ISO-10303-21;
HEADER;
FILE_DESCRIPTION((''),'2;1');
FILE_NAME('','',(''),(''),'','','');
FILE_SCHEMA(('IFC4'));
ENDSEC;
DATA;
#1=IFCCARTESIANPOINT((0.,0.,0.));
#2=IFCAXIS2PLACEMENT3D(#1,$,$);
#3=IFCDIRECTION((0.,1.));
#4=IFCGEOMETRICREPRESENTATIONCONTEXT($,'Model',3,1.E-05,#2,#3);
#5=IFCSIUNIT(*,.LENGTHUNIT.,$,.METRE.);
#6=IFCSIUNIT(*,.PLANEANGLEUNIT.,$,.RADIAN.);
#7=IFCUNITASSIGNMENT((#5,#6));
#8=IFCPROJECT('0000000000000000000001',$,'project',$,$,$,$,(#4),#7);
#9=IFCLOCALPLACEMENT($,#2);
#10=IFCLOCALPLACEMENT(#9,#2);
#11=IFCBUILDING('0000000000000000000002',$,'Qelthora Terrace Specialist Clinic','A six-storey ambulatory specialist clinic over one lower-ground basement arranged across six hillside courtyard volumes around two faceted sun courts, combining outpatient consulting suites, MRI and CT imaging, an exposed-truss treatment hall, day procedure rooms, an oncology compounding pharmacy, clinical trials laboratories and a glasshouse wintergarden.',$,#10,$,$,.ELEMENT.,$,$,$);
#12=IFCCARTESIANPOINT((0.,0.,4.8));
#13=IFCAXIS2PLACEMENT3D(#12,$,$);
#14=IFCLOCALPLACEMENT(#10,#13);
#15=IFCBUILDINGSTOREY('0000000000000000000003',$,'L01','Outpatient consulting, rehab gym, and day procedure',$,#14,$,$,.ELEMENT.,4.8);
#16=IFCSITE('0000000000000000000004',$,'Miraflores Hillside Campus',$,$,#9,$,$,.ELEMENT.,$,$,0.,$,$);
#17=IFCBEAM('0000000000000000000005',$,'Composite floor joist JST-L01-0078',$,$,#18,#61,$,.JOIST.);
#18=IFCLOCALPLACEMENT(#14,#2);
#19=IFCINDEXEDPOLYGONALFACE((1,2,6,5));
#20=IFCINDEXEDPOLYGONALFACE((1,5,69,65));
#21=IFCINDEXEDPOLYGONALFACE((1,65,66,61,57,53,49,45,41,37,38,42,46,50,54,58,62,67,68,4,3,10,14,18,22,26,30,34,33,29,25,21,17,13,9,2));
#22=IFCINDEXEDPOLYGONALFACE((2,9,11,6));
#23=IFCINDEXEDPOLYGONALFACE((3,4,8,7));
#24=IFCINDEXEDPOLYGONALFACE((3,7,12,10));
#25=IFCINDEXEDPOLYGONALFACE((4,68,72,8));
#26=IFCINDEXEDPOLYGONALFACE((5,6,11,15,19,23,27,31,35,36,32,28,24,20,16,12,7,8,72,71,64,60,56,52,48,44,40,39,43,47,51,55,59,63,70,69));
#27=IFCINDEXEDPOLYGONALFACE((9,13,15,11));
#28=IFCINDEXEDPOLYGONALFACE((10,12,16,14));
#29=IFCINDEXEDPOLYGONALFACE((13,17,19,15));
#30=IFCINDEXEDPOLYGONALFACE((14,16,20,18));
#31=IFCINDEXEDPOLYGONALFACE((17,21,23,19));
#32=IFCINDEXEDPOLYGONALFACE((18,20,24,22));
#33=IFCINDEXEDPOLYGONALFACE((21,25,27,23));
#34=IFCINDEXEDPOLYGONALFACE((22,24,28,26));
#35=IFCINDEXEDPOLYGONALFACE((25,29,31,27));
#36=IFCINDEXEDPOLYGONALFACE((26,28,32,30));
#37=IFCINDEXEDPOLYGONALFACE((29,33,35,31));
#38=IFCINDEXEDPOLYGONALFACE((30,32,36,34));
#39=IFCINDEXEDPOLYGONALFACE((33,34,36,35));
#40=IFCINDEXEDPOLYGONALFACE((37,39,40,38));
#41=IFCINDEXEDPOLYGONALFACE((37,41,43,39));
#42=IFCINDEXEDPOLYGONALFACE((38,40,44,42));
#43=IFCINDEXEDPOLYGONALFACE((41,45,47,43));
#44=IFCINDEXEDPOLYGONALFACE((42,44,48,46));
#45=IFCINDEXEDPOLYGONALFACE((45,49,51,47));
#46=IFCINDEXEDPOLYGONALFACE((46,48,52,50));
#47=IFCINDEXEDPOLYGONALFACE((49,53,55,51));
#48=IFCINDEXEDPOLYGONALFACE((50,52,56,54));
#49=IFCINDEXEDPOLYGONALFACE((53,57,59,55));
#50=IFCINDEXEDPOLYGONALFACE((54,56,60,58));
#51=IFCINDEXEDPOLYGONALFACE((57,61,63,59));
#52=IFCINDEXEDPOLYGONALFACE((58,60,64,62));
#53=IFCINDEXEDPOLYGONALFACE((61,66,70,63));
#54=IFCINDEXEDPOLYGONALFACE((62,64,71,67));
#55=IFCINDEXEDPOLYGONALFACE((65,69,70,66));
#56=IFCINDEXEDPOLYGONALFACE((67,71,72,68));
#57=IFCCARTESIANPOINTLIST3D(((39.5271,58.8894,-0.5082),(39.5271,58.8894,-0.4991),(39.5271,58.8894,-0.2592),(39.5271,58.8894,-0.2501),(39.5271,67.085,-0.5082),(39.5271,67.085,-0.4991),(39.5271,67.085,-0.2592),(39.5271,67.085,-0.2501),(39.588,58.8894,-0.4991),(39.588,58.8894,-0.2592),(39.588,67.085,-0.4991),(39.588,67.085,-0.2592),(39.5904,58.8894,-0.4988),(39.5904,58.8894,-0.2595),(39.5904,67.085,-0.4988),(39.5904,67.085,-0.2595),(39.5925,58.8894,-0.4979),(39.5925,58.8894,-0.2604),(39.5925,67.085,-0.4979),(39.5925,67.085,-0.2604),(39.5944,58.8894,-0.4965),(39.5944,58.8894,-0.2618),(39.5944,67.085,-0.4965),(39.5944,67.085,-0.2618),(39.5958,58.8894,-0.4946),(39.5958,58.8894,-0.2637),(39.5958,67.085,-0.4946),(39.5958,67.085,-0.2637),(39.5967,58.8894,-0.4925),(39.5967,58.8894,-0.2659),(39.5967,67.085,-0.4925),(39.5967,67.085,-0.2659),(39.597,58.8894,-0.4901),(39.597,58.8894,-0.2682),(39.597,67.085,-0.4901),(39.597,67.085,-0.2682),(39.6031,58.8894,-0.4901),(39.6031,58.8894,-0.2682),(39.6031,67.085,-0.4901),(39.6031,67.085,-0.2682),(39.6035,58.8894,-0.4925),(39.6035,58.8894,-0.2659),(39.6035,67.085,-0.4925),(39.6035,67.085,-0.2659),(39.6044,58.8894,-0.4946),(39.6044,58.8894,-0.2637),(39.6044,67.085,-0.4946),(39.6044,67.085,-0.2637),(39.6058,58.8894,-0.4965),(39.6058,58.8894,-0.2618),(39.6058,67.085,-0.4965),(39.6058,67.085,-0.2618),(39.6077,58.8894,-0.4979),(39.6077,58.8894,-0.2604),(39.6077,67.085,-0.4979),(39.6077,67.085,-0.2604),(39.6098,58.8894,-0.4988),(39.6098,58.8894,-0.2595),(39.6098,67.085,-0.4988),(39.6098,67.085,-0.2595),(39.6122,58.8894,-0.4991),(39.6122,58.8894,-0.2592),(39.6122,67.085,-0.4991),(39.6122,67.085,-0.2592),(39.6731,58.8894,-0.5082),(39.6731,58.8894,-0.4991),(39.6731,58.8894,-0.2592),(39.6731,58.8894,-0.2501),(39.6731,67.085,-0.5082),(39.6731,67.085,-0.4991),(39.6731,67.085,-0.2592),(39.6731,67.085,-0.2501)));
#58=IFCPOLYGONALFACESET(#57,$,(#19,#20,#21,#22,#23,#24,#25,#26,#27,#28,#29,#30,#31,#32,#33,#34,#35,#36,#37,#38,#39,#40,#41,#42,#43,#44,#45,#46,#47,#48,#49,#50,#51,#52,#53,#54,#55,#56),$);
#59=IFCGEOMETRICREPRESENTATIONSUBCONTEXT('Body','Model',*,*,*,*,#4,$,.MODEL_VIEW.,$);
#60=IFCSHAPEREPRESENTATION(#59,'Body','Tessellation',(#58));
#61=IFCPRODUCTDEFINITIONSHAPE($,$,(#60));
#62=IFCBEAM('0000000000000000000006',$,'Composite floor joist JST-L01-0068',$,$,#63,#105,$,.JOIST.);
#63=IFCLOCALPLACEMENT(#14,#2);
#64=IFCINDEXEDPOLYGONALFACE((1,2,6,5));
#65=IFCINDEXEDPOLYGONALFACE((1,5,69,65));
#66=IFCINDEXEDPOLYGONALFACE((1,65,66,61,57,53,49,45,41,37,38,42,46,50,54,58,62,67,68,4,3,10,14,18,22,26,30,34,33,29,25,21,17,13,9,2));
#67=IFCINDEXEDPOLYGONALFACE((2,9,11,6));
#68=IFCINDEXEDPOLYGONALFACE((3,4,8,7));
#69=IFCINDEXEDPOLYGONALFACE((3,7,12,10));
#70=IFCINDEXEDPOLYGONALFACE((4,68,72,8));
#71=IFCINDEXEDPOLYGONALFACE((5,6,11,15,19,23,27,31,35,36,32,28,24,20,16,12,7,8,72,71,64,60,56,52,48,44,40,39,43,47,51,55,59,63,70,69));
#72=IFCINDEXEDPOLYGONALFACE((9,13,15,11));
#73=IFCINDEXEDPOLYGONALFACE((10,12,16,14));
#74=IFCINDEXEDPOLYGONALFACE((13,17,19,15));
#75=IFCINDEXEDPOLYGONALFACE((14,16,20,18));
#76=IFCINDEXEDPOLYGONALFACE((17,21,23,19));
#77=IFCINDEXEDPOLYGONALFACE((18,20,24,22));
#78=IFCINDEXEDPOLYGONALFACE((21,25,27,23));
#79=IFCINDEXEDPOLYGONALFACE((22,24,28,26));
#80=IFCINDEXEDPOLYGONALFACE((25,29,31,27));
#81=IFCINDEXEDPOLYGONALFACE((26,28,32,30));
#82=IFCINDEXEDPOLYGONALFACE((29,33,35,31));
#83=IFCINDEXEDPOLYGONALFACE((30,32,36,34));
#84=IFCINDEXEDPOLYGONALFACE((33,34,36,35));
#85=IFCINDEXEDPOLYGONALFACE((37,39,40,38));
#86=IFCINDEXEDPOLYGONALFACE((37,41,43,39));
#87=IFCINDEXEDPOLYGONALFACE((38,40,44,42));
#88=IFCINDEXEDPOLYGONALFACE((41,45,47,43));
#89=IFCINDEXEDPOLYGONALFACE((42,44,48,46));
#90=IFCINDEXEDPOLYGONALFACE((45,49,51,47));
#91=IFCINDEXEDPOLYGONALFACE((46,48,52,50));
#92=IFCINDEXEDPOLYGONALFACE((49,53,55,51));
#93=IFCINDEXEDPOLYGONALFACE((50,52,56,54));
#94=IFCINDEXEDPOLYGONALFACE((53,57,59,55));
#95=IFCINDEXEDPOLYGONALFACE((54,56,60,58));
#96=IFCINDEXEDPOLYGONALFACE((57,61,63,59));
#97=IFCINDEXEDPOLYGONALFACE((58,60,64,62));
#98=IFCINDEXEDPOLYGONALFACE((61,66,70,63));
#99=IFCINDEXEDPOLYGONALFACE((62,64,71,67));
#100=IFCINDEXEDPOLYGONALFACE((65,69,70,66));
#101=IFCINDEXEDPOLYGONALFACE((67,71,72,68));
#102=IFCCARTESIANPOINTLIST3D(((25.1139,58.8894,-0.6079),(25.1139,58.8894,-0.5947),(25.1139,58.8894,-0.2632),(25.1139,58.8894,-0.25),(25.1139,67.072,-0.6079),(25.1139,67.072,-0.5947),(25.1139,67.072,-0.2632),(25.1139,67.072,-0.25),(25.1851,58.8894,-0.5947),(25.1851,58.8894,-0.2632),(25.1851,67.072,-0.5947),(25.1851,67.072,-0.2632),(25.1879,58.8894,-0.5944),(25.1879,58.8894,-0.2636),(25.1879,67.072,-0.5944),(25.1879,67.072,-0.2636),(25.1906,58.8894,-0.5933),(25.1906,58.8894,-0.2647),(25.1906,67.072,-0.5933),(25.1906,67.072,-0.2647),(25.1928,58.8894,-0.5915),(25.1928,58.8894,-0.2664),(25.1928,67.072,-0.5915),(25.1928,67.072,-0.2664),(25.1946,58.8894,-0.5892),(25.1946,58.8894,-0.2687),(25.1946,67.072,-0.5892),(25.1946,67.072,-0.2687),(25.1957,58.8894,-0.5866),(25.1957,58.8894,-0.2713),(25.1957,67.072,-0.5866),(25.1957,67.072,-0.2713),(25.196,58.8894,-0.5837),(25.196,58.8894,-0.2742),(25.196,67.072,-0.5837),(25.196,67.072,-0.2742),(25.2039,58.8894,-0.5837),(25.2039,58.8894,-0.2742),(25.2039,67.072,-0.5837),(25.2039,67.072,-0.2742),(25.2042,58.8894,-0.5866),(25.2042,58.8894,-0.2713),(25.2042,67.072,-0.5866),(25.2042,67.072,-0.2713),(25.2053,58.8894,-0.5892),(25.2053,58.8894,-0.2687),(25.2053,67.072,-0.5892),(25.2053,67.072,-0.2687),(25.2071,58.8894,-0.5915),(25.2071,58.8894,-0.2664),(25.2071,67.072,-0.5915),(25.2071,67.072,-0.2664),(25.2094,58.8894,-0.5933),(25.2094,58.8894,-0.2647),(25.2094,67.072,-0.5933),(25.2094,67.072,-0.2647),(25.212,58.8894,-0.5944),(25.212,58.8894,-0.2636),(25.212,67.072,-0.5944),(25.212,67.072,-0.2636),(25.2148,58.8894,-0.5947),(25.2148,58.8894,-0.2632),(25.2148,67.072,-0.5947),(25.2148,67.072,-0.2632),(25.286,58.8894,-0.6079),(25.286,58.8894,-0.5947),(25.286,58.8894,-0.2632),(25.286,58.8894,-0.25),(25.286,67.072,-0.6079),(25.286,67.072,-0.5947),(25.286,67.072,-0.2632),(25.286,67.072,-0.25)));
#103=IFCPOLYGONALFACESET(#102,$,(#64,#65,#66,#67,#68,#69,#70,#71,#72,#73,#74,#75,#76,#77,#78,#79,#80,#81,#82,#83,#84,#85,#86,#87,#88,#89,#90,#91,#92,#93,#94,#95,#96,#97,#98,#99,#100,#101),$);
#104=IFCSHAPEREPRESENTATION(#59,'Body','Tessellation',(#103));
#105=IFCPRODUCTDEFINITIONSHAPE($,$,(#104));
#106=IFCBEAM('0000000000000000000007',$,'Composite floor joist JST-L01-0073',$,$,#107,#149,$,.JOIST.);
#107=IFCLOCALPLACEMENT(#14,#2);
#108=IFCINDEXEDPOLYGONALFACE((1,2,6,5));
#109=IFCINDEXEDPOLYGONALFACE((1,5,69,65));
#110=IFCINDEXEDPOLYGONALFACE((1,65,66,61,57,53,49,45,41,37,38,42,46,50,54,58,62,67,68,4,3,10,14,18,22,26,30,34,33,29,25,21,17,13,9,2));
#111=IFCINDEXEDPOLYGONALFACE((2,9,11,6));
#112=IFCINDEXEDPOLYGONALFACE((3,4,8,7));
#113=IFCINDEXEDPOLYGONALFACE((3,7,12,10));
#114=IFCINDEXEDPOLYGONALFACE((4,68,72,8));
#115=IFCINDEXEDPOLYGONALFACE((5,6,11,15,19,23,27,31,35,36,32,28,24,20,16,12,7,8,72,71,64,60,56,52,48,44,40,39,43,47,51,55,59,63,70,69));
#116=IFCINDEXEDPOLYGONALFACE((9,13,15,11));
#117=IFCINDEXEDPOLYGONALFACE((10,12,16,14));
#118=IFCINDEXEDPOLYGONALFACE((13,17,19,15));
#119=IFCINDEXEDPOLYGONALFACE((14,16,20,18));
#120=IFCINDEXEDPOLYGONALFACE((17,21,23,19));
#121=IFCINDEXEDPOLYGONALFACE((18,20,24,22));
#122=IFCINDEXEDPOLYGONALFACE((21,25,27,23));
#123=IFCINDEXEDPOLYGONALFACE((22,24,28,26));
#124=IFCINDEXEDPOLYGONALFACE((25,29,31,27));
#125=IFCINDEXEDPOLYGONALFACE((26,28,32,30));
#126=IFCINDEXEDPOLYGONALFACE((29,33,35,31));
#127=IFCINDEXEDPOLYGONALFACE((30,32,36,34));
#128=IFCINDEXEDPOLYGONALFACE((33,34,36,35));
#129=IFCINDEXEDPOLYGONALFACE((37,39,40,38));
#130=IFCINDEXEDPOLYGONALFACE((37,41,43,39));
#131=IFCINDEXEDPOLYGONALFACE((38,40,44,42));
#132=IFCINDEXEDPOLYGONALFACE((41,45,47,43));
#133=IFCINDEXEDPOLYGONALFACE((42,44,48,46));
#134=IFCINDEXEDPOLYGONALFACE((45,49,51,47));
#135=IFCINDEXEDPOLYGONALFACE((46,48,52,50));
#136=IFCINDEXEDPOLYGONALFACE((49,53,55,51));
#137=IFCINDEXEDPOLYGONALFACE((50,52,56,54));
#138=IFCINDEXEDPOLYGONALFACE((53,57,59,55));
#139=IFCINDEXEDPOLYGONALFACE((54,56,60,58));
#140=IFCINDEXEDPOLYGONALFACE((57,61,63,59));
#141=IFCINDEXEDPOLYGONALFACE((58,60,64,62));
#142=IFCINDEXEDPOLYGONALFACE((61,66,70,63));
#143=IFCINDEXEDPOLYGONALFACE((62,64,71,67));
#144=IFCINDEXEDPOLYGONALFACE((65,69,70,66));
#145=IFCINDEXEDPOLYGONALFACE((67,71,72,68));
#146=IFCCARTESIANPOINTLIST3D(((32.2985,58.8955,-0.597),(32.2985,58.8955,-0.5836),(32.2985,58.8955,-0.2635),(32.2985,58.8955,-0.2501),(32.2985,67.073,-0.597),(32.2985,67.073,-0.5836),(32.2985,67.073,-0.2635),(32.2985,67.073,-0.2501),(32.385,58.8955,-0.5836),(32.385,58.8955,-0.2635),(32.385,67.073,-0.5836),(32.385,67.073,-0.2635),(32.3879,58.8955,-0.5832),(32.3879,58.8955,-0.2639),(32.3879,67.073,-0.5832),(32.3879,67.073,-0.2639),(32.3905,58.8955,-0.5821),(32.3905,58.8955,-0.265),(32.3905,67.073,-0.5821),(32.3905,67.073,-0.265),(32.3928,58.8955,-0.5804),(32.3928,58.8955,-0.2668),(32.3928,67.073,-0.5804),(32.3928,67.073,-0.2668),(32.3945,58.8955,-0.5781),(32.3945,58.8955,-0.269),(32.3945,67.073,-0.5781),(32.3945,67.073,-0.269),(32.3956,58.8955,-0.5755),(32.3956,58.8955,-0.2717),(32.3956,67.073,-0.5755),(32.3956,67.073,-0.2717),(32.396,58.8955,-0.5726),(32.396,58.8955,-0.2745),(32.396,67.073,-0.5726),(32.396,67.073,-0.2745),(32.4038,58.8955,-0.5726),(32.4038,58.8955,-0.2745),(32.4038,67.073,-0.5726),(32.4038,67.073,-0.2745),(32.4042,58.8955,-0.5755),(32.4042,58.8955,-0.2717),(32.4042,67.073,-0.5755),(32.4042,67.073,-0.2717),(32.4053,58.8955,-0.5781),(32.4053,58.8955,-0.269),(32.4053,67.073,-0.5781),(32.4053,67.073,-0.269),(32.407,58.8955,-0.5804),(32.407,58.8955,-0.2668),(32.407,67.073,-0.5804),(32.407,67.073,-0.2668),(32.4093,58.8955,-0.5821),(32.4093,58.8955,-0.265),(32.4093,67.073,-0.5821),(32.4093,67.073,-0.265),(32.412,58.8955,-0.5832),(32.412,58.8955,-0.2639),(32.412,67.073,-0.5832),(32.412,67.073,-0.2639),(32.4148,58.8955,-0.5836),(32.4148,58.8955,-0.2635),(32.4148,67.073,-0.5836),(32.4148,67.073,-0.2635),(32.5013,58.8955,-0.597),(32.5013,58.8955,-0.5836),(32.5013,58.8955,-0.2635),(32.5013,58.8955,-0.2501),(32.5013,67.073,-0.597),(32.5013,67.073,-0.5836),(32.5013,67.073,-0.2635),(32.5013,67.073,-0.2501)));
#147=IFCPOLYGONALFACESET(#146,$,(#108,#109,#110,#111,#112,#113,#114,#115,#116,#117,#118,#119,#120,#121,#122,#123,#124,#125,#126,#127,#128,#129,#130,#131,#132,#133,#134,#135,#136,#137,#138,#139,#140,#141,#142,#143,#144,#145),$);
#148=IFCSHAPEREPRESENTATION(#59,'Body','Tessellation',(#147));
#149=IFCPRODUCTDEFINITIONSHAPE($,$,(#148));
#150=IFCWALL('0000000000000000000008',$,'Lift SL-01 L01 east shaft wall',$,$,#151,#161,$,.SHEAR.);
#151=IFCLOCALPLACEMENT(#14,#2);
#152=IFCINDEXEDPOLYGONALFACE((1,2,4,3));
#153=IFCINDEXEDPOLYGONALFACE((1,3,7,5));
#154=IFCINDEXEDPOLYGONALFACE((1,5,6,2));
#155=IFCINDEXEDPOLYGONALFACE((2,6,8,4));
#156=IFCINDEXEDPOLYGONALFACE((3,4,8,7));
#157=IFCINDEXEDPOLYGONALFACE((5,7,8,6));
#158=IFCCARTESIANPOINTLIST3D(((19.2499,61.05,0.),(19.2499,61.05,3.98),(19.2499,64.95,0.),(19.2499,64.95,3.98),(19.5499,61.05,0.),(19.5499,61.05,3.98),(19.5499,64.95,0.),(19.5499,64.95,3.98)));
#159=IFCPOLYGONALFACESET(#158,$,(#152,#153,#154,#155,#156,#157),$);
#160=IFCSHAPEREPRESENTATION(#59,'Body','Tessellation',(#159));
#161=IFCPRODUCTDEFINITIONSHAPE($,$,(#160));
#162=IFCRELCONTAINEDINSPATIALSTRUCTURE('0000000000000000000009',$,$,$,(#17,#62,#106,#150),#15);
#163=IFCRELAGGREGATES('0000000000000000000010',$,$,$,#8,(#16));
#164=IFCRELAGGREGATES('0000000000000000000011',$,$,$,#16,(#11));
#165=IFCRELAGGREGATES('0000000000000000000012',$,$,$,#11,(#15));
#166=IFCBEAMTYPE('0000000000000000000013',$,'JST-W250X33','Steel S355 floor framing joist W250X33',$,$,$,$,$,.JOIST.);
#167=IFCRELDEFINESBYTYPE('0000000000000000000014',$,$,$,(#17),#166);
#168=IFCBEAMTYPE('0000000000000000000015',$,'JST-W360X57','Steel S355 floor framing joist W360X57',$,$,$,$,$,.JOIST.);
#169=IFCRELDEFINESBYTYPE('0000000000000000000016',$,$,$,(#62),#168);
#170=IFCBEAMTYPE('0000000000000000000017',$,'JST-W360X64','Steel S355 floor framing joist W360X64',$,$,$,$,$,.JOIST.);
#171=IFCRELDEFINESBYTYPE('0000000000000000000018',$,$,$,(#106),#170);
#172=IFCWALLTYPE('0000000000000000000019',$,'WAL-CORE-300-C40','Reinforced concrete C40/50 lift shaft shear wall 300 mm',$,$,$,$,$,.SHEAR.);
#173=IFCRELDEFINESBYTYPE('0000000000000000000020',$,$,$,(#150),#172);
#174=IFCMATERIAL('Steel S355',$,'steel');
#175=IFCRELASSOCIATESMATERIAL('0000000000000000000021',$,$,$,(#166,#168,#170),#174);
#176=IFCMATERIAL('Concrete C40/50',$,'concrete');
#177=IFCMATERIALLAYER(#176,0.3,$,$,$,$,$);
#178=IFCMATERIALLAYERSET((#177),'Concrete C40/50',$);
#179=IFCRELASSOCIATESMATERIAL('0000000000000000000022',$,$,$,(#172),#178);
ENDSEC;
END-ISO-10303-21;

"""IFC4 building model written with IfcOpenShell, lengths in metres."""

from ifc_helpers import new_model, si_unit, direction, frame, frame_2d, origin, origin_2d, place, context, subcontext, project, spatial, rectangle, i_section, extrude, material, layer, layer_set, material_profile, profile_set, type_object, element, save


model = new_model("IFC4")

# Units and contexts
model_context = context("Model", 3, precision=1e-05, world=origin(), true_north=direction((0.0, 1.0)))
body_context = subcontext(model_context, "Body", "Model", "MODEL_VIEW")
ifc_project = project(units=[si_unit("LENGTHUNIT", "METRE"), si_unit("PLANEANGLEUNIT", "RADIAN")], contexts=[model_context])

# Site, building, storey
site_placement = place(None, origin())
site = spatial("IfcSite", under=ifc_project, at=site_placement, Name="Miraflores Hillside Campus", CompositionType="ELEMENT", RefElevation=0.0)
building_placement = place(site_placement, origin())
building = spatial("IfcBuilding", under=site, at=building_placement, Name="Qelthora Terrace Specialist Clinic", Description="A six-storey ambulatory specialist clinic over one lower-ground basement arranged across six hillside courtyard volumes around two faceted sun courts, combining outpatient consulting suites, MRI and CT imaging, an exposed-truss treatment hall, day procedure rooms, an oncology compounding pharmacy, clinical trials laboratories and a glasshouse wintergarden.", CompositionType="ELEMENT")
storey_placement = place(building_placement, frame((0.0, 0.0, 4.8)))
storey = spatial("IfcBuildingStorey", under=building, at=storey_placement, Name="L01", Description="Outpatient consulting, rehab gym, and day procedure", CompositionType="ELEMENT", Elevation=4.8)

# Shared definitions
ifc_material_1 = material(Name="Steel S355", Category="steel")

# Beams
ifc_material_profile_1 = material_profile(ifc_material_1, i_section(OverallWidth=0.146, OverallDepth=0.2581, WebThickness=0.0061, FlangeThickness=0.009, FilletRadius=0.009, at=origin_2d()), Name="W250X33")
ifc_profile_set_1 = profile_set([ifc_material_profile_1], Name="Steel S355")
beam_type_1 = type_object("IfcBeamType", Name="JST-W250X33", Description="Steel S355 floor framing joist W250X33", PredefinedType="JOIST", material=ifc_profile_set_1)
beam_1_placement = place(storey_placement, frame((39.6001, 58.8894, -0.3792), z_axis=(0.0, 1.0, 0.0), x_axis=(-1.0, 0.0, 0.0)))
element("IfcBeam", 1, at=beam_1_placement, inside=storey, type_object=beam_type_1, Name="Composite floor joist JST-L01-0078", PredefinedType="JOIST", context=body_context, shape_type="SweptSolid", body=[
    extrude(i_section(OverallWidth=0.146, OverallDepth=0.2581, WebThickness=0.0061, FlangeThickness=0.009, FilletRadius=0.009, at=origin_2d()), origin(), (0.0, 0.0, 1.0), 8.1956),
])
ifc_material_profile_2 = material_profile(ifc_material_1, i_section(OverallWidth=0.1721, OverallDepth=0.3579, WebThickness=0.0078, FlangeThickness=0.0132, FilletRadius=0.011, at=origin_2d()), Name="W360X57")
ifc_profile_set_2 = profile_set([ifc_material_profile_2], Name="Steel S355")
beam_type_2 = type_object("IfcBeamType", Name="JST-W360X57", Description="Steel S355 floor framing joist W360X57", PredefinedType="JOIST", material=ifc_profile_set_2)
beam_2_placement = place(storey_placement, frame((25.2, 58.8894, -0.429), z_axis=(0.0, 1.0, 0.0), x_axis=(-1.0, 0.0, 0.0)))
element("IfcBeam", 2, at=beam_2_placement, inside=storey, type_object=beam_type_2, Name="Composite floor joist JST-L01-0068", PredefinedType="JOIST", context=body_context, shape_type="SweptSolid", body=[
    extrude(i_section(OverallWidth=0.1721, OverallDepth=0.3579, WebThickness=0.0078, FlangeThickness=0.0132, FilletRadius=0.011, at=origin_2d()), origin(), (0.0, 0.0, 1.0), 8.1826),
])
ifc_material_profile_3 = material_profile(ifc_material_1, i_section(OverallWidth=0.2029, OverallDepth=0.3469, WebThickness=0.0078, FlangeThickness=0.0134, FilletRadius=0.011, at=origin_2d()), Name="W360X64")
ifc_profile_set_3 = profile_set([ifc_material_profile_3], Name="Steel S355")
beam_type_3 = type_object("IfcBeamType", Name="JST-W360X64", Description="Steel S355 floor framing joist W360X64", PredefinedType="JOIST", material=ifc_profile_set_3)
beam_3_placement = place(storey_placement, frame((32.3999, 58.8955, -0.4236), z_axis=(0.0, 1.0, 0.0), x_axis=(-1.0, 0.0, 0.0)))
element("IfcBeam", 3, at=beam_3_placement, inside=storey, type_object=beam_type_3, Name="Composite floor joist JST-L01-0073", PredefinedType="JOIST", context=body_context, shape_type="SweptSolid", body=[
    extrude(i_section(OverallWidth=0.2029, OverallDepth=0.3469, WebThickness=0.0078, FlangeThickness=0.0134, FilletRadius=0.011, at=origin_2d()), origin(), (0.0, 0.0, 1.0), 8.1775),
])

# Wall
ifc_material_2 = material(Name="Concrete C40/50", Category="concrete")
ifc_layer_1 = layer(ifc_material_2, 0.3)
ifc_layer_set_1 = layer_set([ifc_layer_1], Name="Concrete C40/50")
wall_type_1 = type_object("IfcWallType", Name="WAL-CORE-300-C40", Description="Reinforced concrete C40/50 lift shaft shear wall 300 mm", PredefinedType="SHEAR", material=ifc_layer_set_1)
wall_1_placement = place(storey_placement, frame((19.3999, 61.05, 0.0), z_axis=(0.0, 0.0, 1.0), x_axis=(0.0, 1.0, 0.0)))
element("IfcWall", 4, at=wall_1_placement, inside=storey, type_object=wall_type_1, Name="Lift SL-01 L01 east shaft wall", PredefinedType="SHEAR", context=body_context, shape_type="SweptSolid", body=[
    extrude(rectangle(XDim=3.8999, YDim=0.3, at=frame_2d((1.95, 0.0))), origin(), (0.0, 0.0, 1.0), 3.98),
])

save(model, "model.ifc")
